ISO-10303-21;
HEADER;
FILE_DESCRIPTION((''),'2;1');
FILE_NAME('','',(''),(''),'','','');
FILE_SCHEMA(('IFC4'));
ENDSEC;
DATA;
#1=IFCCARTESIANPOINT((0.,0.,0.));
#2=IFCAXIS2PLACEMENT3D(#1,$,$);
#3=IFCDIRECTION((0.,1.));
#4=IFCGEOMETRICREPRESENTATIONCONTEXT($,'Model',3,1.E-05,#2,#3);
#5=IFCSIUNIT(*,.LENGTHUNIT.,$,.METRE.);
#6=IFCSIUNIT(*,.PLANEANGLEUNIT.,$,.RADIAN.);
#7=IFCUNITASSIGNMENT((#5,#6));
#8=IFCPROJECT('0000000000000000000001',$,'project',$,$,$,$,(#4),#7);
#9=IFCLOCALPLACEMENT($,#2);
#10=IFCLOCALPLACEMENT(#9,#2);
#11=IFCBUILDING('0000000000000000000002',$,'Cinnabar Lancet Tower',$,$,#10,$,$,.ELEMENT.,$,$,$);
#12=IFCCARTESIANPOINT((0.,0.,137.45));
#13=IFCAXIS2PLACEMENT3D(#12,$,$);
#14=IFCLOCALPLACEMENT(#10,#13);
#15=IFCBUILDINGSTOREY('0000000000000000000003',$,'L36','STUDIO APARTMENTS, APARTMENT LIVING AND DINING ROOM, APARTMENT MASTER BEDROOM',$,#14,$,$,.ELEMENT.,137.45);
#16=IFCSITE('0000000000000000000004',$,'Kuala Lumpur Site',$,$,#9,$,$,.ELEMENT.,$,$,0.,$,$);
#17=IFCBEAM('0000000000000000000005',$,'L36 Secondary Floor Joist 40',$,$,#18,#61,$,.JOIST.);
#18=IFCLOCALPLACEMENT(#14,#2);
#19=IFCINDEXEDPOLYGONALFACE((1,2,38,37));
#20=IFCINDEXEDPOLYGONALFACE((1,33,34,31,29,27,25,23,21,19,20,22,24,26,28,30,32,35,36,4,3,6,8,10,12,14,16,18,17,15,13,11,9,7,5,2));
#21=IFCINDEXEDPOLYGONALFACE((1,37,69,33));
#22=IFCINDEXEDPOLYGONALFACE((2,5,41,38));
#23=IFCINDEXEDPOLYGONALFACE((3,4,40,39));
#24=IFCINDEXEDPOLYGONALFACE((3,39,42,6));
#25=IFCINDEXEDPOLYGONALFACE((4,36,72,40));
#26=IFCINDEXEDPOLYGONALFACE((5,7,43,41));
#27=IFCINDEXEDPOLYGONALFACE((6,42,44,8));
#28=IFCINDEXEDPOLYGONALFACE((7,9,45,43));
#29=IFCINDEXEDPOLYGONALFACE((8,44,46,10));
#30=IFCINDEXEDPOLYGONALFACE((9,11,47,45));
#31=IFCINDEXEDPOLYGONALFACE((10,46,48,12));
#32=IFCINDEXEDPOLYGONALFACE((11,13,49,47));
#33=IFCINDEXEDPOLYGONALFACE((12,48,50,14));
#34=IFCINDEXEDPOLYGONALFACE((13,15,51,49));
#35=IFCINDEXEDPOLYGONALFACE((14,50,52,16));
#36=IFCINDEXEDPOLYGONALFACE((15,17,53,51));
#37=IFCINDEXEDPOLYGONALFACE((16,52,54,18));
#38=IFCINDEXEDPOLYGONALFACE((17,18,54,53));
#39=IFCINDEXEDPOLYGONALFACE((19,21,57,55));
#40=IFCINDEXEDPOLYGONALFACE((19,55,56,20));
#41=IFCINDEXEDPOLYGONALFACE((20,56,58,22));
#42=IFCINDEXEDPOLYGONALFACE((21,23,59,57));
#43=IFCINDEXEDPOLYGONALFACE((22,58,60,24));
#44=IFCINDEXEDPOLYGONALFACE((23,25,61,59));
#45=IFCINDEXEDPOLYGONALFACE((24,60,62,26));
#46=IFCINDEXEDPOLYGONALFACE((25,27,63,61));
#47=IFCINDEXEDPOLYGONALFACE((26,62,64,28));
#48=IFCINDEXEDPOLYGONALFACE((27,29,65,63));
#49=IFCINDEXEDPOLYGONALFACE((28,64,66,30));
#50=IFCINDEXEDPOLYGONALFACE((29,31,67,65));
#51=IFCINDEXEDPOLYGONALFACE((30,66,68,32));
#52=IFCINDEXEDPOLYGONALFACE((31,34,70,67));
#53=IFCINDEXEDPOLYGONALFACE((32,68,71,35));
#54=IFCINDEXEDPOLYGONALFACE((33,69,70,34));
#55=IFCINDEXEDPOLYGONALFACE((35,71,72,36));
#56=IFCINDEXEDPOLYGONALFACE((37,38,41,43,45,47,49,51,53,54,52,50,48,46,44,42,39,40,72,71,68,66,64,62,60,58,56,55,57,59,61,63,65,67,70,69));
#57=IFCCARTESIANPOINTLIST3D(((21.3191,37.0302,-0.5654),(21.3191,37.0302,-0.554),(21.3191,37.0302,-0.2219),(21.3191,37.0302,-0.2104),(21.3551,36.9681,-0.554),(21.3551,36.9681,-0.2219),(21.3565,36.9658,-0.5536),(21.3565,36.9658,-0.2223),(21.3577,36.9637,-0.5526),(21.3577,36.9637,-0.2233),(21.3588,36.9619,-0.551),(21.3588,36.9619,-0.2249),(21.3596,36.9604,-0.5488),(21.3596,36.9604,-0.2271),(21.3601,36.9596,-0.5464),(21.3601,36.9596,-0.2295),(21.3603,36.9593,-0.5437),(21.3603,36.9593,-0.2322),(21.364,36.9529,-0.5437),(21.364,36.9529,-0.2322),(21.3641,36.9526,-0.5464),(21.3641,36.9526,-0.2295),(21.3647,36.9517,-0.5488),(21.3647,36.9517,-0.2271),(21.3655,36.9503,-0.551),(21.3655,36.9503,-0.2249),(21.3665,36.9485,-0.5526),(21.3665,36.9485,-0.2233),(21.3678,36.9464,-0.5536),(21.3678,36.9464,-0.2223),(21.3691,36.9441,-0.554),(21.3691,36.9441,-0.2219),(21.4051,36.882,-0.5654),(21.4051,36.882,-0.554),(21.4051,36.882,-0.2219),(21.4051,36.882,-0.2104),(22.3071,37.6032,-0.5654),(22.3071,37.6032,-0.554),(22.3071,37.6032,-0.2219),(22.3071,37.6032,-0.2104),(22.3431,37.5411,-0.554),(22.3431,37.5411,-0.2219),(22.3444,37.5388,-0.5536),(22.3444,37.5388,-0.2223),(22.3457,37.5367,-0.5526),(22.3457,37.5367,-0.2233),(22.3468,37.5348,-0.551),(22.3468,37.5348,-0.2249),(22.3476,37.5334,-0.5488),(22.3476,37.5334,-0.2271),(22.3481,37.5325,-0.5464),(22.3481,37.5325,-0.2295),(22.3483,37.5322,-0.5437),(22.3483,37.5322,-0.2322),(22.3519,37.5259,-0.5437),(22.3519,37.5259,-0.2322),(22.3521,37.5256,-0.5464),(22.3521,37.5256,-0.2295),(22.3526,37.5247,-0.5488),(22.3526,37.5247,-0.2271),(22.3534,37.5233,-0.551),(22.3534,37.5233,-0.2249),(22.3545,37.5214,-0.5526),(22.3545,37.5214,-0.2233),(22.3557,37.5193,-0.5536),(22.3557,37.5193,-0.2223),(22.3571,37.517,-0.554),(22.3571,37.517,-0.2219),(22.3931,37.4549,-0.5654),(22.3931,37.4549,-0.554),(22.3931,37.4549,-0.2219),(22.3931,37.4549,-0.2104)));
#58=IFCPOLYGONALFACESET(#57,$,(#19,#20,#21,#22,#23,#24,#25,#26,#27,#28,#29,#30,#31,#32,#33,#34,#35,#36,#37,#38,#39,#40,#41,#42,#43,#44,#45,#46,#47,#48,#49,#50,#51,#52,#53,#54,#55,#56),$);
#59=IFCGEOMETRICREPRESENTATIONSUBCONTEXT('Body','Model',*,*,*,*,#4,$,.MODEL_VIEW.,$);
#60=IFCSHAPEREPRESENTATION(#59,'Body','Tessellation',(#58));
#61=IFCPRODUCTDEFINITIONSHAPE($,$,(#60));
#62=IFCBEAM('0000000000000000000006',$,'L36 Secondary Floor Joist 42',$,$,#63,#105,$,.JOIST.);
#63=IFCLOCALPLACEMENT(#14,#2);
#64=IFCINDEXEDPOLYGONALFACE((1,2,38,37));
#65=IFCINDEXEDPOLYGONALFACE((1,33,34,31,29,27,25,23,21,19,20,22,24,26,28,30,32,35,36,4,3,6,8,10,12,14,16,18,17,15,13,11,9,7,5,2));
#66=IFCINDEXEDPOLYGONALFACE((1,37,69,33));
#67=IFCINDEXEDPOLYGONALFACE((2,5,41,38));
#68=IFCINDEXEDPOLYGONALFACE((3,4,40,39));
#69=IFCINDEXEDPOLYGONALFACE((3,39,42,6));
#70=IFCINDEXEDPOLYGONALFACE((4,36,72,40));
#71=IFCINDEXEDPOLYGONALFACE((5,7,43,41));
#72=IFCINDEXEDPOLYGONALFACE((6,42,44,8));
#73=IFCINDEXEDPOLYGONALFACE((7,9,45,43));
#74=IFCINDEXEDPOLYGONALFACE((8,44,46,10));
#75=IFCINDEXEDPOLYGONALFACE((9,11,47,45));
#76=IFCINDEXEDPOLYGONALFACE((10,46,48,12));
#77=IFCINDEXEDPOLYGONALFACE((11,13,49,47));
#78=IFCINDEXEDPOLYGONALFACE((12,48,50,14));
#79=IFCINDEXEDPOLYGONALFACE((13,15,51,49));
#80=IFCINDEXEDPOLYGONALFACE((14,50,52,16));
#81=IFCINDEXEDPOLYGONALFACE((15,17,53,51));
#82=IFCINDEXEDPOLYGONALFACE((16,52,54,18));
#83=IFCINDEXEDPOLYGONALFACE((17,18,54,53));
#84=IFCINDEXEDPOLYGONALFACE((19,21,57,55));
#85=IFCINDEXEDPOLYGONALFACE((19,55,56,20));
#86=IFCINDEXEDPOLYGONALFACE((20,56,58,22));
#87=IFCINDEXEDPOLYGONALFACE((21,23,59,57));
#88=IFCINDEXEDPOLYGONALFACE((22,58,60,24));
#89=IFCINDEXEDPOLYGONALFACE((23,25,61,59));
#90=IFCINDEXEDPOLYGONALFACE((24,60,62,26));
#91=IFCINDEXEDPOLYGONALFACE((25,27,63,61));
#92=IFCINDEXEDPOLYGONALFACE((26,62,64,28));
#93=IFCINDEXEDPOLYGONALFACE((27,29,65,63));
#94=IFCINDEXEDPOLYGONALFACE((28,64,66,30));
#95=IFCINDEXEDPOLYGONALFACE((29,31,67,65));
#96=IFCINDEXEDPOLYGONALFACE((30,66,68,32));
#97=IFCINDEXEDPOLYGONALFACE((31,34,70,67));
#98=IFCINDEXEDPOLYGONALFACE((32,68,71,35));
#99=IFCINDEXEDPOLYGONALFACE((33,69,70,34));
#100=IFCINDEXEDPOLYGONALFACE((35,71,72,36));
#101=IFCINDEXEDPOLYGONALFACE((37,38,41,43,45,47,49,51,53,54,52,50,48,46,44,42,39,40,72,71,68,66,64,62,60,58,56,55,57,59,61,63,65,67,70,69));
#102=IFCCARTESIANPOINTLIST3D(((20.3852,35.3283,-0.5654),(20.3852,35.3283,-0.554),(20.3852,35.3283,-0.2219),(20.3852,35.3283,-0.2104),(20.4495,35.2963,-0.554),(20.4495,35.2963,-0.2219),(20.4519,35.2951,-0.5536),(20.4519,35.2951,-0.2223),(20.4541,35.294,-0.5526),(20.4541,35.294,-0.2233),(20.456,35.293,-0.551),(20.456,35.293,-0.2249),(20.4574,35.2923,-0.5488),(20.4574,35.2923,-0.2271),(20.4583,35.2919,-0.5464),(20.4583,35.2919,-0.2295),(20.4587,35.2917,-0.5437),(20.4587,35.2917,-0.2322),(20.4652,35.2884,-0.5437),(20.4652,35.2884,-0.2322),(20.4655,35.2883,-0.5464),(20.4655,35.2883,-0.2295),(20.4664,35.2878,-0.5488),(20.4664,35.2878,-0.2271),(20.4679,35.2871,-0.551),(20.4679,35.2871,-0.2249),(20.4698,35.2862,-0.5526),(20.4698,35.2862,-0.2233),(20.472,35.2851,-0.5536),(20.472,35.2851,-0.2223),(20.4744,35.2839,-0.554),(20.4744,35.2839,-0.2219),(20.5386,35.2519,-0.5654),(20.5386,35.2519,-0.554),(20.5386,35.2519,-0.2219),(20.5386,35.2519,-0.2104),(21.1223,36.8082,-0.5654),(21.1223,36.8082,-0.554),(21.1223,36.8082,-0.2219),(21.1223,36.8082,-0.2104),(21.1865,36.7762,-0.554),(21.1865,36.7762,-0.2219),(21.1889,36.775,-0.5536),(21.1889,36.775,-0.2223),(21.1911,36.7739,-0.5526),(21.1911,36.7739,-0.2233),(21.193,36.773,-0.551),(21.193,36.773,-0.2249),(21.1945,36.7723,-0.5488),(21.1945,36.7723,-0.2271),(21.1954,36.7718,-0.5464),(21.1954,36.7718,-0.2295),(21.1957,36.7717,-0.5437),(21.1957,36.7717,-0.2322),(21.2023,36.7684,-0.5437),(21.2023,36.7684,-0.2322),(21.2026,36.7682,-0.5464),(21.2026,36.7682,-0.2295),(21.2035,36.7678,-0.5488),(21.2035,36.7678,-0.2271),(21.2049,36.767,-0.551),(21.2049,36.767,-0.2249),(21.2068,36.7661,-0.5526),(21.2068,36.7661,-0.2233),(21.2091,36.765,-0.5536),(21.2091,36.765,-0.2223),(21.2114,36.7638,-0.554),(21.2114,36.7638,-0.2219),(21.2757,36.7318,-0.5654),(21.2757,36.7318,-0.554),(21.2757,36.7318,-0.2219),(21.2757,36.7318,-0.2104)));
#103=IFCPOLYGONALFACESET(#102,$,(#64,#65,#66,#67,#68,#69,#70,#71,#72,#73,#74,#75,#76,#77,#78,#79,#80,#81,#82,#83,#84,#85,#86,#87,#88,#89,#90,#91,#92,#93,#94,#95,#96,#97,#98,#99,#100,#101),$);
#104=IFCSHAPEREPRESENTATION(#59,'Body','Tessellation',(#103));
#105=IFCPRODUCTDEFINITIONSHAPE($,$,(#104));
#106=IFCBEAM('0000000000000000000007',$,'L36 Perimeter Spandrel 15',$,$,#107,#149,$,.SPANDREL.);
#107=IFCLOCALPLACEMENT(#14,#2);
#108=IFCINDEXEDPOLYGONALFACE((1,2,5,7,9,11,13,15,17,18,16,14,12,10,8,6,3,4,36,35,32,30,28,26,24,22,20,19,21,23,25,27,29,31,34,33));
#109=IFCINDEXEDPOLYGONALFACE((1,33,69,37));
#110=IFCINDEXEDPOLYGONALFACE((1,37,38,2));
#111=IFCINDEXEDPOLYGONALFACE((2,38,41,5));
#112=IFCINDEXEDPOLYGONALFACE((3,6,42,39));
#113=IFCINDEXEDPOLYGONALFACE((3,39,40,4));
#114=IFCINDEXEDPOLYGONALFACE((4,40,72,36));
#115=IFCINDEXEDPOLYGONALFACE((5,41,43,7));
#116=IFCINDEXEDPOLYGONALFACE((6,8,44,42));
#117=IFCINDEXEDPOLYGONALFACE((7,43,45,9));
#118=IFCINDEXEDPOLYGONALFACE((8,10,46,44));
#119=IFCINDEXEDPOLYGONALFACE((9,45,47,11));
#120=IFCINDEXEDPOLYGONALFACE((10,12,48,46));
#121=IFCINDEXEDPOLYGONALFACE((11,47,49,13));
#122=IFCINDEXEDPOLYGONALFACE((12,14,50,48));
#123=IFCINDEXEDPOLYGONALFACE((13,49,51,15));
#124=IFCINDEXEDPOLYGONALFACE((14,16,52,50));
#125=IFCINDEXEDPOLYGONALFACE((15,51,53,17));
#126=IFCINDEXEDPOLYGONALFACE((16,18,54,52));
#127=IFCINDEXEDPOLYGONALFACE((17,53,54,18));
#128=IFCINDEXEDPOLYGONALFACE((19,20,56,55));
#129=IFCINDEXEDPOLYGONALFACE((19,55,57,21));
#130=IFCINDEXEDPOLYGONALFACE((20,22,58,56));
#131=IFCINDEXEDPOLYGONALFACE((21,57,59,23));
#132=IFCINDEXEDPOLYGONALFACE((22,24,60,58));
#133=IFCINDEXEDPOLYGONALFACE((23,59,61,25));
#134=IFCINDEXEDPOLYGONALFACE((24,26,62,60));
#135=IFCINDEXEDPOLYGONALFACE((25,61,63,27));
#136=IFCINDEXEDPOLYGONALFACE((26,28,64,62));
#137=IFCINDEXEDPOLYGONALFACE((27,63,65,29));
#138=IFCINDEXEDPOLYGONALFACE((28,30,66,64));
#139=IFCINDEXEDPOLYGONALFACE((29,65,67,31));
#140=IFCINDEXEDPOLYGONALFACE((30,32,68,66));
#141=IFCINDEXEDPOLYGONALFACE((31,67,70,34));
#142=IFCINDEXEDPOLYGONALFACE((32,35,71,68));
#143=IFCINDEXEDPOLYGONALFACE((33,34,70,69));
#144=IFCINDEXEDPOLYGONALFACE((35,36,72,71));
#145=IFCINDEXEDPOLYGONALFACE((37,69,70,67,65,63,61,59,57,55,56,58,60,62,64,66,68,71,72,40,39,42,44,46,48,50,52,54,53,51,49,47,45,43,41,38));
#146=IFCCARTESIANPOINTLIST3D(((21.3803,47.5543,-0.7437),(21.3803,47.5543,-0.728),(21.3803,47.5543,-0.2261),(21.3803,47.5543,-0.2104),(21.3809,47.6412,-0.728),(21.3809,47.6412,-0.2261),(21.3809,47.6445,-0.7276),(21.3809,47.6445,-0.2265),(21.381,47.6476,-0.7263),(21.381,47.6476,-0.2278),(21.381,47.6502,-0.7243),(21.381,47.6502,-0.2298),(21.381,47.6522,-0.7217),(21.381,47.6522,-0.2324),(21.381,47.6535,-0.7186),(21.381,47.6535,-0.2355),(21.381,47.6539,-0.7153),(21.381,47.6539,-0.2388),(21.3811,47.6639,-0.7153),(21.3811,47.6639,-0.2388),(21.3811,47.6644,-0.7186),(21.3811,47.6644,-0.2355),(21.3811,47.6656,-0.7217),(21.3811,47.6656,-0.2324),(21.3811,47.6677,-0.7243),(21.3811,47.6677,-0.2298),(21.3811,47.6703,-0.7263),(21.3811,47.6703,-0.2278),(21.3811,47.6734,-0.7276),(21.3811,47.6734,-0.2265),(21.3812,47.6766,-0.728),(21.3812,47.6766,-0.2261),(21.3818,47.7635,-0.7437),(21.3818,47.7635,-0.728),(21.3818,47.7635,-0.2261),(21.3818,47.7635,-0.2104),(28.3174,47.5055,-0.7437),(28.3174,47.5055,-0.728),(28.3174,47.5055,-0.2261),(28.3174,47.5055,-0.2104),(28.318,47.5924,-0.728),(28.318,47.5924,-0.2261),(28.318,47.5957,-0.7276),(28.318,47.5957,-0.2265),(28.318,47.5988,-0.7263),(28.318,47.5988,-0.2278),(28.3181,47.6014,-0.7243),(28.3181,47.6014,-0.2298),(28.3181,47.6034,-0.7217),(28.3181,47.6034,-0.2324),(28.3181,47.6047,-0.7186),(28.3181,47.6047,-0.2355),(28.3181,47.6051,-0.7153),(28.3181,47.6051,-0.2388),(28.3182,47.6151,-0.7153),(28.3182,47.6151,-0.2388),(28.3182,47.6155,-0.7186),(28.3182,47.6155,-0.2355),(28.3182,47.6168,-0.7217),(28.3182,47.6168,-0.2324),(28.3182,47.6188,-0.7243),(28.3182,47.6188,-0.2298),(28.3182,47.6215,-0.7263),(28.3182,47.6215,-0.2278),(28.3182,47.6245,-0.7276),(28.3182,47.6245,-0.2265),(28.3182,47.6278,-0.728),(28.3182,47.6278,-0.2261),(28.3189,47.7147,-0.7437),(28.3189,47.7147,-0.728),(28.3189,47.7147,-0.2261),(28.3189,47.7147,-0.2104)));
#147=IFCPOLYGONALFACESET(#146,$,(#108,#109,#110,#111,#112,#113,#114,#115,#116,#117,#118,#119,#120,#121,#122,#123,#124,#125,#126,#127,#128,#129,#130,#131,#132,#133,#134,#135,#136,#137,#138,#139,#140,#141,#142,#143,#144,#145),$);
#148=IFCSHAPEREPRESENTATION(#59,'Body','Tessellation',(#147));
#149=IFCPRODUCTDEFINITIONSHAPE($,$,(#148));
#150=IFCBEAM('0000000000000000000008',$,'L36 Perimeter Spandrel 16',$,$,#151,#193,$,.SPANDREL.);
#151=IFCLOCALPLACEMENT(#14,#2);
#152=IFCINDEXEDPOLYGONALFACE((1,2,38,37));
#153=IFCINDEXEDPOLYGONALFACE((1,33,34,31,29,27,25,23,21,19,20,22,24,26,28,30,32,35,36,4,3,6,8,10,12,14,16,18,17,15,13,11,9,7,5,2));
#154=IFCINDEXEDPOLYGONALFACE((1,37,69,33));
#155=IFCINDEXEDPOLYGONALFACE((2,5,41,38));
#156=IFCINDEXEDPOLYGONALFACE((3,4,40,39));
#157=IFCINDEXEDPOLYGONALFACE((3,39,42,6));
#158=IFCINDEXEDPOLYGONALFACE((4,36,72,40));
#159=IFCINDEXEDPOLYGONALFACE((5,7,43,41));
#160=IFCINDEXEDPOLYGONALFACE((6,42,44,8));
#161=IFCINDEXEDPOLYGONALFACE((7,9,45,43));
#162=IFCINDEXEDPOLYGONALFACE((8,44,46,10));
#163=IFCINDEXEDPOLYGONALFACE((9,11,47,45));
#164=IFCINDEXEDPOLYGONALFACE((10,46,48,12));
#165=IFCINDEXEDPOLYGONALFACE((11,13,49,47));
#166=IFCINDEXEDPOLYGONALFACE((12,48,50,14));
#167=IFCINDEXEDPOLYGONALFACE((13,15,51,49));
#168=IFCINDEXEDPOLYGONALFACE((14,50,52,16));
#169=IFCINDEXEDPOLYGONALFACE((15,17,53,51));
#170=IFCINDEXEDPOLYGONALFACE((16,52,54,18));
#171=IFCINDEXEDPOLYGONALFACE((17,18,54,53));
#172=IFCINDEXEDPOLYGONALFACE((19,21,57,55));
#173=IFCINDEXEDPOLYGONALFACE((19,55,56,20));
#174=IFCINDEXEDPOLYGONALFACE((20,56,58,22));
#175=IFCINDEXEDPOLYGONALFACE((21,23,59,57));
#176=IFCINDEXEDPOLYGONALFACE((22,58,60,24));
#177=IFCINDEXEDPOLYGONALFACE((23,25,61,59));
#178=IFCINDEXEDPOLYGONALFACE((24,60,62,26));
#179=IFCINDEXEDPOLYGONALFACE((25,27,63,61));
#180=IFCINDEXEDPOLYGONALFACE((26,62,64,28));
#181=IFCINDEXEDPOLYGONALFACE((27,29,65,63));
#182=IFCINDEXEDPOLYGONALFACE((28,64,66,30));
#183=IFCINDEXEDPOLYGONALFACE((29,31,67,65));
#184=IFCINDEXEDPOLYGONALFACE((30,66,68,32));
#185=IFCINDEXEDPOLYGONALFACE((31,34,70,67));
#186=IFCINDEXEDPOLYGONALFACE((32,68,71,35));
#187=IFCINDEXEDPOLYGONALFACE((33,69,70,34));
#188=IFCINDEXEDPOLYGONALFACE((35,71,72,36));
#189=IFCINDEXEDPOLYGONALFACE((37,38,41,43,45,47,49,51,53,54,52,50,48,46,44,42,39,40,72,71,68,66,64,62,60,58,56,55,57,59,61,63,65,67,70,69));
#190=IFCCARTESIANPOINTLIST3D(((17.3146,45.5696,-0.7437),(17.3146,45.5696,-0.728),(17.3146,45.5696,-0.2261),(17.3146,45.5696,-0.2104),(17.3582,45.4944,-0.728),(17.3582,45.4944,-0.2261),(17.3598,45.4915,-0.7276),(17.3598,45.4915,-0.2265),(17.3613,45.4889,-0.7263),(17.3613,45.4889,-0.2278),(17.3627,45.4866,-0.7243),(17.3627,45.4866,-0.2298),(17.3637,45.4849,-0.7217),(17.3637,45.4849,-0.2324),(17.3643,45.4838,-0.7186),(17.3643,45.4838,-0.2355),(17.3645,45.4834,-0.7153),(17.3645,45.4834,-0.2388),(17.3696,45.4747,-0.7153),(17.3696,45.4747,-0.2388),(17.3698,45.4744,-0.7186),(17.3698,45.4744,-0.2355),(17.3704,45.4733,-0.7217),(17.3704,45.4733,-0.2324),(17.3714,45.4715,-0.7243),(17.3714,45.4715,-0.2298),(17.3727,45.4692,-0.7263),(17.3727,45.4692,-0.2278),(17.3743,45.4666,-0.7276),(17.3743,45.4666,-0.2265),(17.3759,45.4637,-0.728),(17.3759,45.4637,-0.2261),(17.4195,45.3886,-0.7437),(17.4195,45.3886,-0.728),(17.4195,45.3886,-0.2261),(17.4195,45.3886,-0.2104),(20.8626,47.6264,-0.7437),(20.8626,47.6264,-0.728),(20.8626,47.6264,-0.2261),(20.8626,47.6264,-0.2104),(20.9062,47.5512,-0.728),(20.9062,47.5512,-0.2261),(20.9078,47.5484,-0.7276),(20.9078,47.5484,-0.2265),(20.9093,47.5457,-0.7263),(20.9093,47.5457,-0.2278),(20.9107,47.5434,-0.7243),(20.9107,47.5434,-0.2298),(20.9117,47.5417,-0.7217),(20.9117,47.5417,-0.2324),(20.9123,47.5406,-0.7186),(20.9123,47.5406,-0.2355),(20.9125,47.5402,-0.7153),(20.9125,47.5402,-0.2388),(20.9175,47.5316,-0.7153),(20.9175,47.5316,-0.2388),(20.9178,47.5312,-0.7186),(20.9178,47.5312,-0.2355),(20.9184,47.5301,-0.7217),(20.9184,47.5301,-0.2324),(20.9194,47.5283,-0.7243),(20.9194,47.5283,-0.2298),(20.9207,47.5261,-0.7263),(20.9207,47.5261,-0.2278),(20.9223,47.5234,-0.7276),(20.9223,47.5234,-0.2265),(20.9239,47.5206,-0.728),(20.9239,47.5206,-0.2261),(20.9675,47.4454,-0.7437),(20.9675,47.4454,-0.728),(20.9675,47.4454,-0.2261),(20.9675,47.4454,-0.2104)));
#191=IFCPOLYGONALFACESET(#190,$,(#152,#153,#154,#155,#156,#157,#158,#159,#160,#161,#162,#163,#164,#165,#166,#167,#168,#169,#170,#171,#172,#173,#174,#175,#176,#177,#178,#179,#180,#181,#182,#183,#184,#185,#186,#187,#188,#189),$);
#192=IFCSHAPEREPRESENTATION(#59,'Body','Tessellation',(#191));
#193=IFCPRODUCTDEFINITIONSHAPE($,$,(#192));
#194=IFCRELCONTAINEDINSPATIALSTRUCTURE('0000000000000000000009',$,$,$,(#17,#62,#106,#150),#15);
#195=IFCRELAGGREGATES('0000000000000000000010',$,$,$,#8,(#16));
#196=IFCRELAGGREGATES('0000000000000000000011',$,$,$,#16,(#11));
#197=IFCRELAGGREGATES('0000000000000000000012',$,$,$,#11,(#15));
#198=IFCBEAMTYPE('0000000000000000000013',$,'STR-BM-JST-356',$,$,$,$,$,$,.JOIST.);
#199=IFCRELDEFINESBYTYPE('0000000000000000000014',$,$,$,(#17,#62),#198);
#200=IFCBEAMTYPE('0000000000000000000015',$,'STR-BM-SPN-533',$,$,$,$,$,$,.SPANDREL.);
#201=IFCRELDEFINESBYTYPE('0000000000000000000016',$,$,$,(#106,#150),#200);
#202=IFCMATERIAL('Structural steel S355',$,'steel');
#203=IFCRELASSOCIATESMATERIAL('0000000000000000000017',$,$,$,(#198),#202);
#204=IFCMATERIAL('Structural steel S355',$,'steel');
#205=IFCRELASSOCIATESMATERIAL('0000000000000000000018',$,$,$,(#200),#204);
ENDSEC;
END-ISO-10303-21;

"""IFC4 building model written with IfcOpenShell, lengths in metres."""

from ifc_helpers import new_model, si_unit, direction, frame, origin, origin_2d, place, context, subcontext, project, spatial, i_section, extrude, material, material_profile, profile_set, type_object, element, save


model = new_model("IFC4")

# Units and contexts
model_context = context("Model", 3, precision=1e-05, world=origin(), true_north=direction((0.0, 1.0)))
body_context = subcontext(model_context, "Body", "Model", "MODEL_VIEW")
ifc_project = project(units=[si_unit("LENGTHUNIT", "METRE"), si_unit("PLANEANGLEUNIT", "RADIAN")], contexts=[model_context])

# Site, building, storey
site_placement = place(None, origin())
site = spatial("IfcSite", under=ifc_project, at=site_placement, Name="Kuala Lumpur Site", CompositionType="ELEMENT", RefElevation=0.0)
building_placement = place(site_placement, origin())
building = spatial("IfcBuilding", under=site, at=building_placement, Name="Cinnabar Lancet Tower", CompositionType="ELEMENT")
storey_placement = place(building_placement, frame((0.0, 0.0, 137.45)))
storey = spatial("IfcBuildingStorey", under=building, at=storey_placement, Name="L36", Description="STUDIO APARTMENTS, APARTMENT LIVING AND DINING ROOM, APARTMENT MASTER BEDROOM", CompositionType="ELEMENT", Elevation=137.45)

# Beams
ifc_material_1 = material(Name="Structural steel S355", Category="steel")
ifc_material_profile_1 = material_profile(ifc_material_1, i_section(OverallWidth=0.1714, OverallDepth=0.355, WebThickness=0.0073, FlangeThickness=0.0115, FilletRadius=0.0103, at=origin_2d()), Name="UKB 356x171x51")
ifc_profile_set_1 = profile_set([ifc_material_profile_1], Name="Structural steel S355")
beam_type_1 = type_object("IfcBeamType", Name="STR-BM-JST-356", PredefinedType="JOIST", material=ifc_profile_set_1)
beam_1_placement = place(storey_placement, frame((22.3501, 37.5291, -0.3879), z_axis=(-0.865055, -0.501677, 0.0), x_axis=(0.501677, -0.865055, 0.0)))
element("IfcBeam", 1, at=beam_1_placement, inside=storey, type_object=beam_type_1, Name="L36 Secondary Floor Joist 40", PredefinedType="JOIST", context=body_context, shape_type="SweptSolid", body=[
    extrude(i_section(OverallWidth=0.1714, OverallDepth=0.355, WebThickness=0.0073, FlangeThickness=0.0115, FilletRadius=0.0103, at=origin_2d()), origin(), (0.0, 0.0, 1.0), 1.1421),
])
beam_2_placement = place(storey_placement, frame((21.199, 36.77, -0.3879), z_axis=(-0.445795, -0.895135, 0.0), x_axis=(0.895135, -0.445795, 0.0)))
element("IfcBeam", 2, at=beam_2_placement, inside=storey, type_object=beam_type_1, Name="L36 Secondary Floor Joist 42", PredefinedType="JOIST", context=body_context, shape_type="SweptSolid", body=[
    extrude(i_section(OverallWidth=0.1714, OverallDepth=0.355, WebThickness=0.0073, FlangeThickness=0.0115, FilletRadius=0.0103, at=origin_2d()), origin(), (0.0, 0.0, 1.0), 1.6533),
])
ifc_material_2 = material(Name="Structural steel S355", Category="steel")
ifc_material_profile_2 = material_profile(ifc_material_2, i_section(OverallWidth=0.2092, OverallDepth=0.5332, WebThickness=0.01, FlangeThickness=0.0156, FilletRadius=0.0127, at=origin_2d()), Name="UKB 533x210x92")
ifc_profile_set_2 = profile_set([ifc_material_profile_2], Name="Structural steel S355")
beam_type_2 = type_object("IfcBeamType", Name="STR-BM-SPN-533", PredefinedType="SPANDREL", material=ifc_profile_set_2)
beam_3_placement = place(storey_placement, frame((28.3181, 47.6101, -0.4771), z_axis=(-0.999975, 0.007039, 0.0), x_axis=(-0.007039, -0.999975, 0.0)))
element("IfcBeam", 3, at=beam_3_placement, inside=storey, type_object=beam_type_2, Name="L36 Perimeter Spandrel 15", PredefinedType="SPANDREL", context=body_context, shape_type="SweptSolid", body=[
    extrude(i_section(OverallWidth=0.2092, OverallDepth=0.5332, WebThickness=0.01, FlangeThickness=0.0156, FilletRadius=0.0127, at=origin_2d()), origin(), (0.0, 0.0, 1.0), 6.9373),
])
beam_4_placement = place(storey_placement, frame((20.915, 47.5359, -0.4771), z_axis=(-0.865138, -0.501534, 0.0), x_axis=(0.501534, -0.865138, 0.0)))
element("IfcBeam", 4, at=beam_4_placement, inside=storey, type_object=beam_type_2, Name="L36 Perimeter Spandrel 16", PredefinedType="SPANDREL", context=body_context, shape_type="SweptSolid", body=[
    extrude(i_section(OverallWidth=0.2092, OverallDepth=0.5332, WebThickness=0.01, FlangeThickness=0.0156, FilletRadius=0.0127, at=origin_2d()), origin(), (0.0, 0.0, 1.0), 4.1011),
])

save(model, "model.ifc")
